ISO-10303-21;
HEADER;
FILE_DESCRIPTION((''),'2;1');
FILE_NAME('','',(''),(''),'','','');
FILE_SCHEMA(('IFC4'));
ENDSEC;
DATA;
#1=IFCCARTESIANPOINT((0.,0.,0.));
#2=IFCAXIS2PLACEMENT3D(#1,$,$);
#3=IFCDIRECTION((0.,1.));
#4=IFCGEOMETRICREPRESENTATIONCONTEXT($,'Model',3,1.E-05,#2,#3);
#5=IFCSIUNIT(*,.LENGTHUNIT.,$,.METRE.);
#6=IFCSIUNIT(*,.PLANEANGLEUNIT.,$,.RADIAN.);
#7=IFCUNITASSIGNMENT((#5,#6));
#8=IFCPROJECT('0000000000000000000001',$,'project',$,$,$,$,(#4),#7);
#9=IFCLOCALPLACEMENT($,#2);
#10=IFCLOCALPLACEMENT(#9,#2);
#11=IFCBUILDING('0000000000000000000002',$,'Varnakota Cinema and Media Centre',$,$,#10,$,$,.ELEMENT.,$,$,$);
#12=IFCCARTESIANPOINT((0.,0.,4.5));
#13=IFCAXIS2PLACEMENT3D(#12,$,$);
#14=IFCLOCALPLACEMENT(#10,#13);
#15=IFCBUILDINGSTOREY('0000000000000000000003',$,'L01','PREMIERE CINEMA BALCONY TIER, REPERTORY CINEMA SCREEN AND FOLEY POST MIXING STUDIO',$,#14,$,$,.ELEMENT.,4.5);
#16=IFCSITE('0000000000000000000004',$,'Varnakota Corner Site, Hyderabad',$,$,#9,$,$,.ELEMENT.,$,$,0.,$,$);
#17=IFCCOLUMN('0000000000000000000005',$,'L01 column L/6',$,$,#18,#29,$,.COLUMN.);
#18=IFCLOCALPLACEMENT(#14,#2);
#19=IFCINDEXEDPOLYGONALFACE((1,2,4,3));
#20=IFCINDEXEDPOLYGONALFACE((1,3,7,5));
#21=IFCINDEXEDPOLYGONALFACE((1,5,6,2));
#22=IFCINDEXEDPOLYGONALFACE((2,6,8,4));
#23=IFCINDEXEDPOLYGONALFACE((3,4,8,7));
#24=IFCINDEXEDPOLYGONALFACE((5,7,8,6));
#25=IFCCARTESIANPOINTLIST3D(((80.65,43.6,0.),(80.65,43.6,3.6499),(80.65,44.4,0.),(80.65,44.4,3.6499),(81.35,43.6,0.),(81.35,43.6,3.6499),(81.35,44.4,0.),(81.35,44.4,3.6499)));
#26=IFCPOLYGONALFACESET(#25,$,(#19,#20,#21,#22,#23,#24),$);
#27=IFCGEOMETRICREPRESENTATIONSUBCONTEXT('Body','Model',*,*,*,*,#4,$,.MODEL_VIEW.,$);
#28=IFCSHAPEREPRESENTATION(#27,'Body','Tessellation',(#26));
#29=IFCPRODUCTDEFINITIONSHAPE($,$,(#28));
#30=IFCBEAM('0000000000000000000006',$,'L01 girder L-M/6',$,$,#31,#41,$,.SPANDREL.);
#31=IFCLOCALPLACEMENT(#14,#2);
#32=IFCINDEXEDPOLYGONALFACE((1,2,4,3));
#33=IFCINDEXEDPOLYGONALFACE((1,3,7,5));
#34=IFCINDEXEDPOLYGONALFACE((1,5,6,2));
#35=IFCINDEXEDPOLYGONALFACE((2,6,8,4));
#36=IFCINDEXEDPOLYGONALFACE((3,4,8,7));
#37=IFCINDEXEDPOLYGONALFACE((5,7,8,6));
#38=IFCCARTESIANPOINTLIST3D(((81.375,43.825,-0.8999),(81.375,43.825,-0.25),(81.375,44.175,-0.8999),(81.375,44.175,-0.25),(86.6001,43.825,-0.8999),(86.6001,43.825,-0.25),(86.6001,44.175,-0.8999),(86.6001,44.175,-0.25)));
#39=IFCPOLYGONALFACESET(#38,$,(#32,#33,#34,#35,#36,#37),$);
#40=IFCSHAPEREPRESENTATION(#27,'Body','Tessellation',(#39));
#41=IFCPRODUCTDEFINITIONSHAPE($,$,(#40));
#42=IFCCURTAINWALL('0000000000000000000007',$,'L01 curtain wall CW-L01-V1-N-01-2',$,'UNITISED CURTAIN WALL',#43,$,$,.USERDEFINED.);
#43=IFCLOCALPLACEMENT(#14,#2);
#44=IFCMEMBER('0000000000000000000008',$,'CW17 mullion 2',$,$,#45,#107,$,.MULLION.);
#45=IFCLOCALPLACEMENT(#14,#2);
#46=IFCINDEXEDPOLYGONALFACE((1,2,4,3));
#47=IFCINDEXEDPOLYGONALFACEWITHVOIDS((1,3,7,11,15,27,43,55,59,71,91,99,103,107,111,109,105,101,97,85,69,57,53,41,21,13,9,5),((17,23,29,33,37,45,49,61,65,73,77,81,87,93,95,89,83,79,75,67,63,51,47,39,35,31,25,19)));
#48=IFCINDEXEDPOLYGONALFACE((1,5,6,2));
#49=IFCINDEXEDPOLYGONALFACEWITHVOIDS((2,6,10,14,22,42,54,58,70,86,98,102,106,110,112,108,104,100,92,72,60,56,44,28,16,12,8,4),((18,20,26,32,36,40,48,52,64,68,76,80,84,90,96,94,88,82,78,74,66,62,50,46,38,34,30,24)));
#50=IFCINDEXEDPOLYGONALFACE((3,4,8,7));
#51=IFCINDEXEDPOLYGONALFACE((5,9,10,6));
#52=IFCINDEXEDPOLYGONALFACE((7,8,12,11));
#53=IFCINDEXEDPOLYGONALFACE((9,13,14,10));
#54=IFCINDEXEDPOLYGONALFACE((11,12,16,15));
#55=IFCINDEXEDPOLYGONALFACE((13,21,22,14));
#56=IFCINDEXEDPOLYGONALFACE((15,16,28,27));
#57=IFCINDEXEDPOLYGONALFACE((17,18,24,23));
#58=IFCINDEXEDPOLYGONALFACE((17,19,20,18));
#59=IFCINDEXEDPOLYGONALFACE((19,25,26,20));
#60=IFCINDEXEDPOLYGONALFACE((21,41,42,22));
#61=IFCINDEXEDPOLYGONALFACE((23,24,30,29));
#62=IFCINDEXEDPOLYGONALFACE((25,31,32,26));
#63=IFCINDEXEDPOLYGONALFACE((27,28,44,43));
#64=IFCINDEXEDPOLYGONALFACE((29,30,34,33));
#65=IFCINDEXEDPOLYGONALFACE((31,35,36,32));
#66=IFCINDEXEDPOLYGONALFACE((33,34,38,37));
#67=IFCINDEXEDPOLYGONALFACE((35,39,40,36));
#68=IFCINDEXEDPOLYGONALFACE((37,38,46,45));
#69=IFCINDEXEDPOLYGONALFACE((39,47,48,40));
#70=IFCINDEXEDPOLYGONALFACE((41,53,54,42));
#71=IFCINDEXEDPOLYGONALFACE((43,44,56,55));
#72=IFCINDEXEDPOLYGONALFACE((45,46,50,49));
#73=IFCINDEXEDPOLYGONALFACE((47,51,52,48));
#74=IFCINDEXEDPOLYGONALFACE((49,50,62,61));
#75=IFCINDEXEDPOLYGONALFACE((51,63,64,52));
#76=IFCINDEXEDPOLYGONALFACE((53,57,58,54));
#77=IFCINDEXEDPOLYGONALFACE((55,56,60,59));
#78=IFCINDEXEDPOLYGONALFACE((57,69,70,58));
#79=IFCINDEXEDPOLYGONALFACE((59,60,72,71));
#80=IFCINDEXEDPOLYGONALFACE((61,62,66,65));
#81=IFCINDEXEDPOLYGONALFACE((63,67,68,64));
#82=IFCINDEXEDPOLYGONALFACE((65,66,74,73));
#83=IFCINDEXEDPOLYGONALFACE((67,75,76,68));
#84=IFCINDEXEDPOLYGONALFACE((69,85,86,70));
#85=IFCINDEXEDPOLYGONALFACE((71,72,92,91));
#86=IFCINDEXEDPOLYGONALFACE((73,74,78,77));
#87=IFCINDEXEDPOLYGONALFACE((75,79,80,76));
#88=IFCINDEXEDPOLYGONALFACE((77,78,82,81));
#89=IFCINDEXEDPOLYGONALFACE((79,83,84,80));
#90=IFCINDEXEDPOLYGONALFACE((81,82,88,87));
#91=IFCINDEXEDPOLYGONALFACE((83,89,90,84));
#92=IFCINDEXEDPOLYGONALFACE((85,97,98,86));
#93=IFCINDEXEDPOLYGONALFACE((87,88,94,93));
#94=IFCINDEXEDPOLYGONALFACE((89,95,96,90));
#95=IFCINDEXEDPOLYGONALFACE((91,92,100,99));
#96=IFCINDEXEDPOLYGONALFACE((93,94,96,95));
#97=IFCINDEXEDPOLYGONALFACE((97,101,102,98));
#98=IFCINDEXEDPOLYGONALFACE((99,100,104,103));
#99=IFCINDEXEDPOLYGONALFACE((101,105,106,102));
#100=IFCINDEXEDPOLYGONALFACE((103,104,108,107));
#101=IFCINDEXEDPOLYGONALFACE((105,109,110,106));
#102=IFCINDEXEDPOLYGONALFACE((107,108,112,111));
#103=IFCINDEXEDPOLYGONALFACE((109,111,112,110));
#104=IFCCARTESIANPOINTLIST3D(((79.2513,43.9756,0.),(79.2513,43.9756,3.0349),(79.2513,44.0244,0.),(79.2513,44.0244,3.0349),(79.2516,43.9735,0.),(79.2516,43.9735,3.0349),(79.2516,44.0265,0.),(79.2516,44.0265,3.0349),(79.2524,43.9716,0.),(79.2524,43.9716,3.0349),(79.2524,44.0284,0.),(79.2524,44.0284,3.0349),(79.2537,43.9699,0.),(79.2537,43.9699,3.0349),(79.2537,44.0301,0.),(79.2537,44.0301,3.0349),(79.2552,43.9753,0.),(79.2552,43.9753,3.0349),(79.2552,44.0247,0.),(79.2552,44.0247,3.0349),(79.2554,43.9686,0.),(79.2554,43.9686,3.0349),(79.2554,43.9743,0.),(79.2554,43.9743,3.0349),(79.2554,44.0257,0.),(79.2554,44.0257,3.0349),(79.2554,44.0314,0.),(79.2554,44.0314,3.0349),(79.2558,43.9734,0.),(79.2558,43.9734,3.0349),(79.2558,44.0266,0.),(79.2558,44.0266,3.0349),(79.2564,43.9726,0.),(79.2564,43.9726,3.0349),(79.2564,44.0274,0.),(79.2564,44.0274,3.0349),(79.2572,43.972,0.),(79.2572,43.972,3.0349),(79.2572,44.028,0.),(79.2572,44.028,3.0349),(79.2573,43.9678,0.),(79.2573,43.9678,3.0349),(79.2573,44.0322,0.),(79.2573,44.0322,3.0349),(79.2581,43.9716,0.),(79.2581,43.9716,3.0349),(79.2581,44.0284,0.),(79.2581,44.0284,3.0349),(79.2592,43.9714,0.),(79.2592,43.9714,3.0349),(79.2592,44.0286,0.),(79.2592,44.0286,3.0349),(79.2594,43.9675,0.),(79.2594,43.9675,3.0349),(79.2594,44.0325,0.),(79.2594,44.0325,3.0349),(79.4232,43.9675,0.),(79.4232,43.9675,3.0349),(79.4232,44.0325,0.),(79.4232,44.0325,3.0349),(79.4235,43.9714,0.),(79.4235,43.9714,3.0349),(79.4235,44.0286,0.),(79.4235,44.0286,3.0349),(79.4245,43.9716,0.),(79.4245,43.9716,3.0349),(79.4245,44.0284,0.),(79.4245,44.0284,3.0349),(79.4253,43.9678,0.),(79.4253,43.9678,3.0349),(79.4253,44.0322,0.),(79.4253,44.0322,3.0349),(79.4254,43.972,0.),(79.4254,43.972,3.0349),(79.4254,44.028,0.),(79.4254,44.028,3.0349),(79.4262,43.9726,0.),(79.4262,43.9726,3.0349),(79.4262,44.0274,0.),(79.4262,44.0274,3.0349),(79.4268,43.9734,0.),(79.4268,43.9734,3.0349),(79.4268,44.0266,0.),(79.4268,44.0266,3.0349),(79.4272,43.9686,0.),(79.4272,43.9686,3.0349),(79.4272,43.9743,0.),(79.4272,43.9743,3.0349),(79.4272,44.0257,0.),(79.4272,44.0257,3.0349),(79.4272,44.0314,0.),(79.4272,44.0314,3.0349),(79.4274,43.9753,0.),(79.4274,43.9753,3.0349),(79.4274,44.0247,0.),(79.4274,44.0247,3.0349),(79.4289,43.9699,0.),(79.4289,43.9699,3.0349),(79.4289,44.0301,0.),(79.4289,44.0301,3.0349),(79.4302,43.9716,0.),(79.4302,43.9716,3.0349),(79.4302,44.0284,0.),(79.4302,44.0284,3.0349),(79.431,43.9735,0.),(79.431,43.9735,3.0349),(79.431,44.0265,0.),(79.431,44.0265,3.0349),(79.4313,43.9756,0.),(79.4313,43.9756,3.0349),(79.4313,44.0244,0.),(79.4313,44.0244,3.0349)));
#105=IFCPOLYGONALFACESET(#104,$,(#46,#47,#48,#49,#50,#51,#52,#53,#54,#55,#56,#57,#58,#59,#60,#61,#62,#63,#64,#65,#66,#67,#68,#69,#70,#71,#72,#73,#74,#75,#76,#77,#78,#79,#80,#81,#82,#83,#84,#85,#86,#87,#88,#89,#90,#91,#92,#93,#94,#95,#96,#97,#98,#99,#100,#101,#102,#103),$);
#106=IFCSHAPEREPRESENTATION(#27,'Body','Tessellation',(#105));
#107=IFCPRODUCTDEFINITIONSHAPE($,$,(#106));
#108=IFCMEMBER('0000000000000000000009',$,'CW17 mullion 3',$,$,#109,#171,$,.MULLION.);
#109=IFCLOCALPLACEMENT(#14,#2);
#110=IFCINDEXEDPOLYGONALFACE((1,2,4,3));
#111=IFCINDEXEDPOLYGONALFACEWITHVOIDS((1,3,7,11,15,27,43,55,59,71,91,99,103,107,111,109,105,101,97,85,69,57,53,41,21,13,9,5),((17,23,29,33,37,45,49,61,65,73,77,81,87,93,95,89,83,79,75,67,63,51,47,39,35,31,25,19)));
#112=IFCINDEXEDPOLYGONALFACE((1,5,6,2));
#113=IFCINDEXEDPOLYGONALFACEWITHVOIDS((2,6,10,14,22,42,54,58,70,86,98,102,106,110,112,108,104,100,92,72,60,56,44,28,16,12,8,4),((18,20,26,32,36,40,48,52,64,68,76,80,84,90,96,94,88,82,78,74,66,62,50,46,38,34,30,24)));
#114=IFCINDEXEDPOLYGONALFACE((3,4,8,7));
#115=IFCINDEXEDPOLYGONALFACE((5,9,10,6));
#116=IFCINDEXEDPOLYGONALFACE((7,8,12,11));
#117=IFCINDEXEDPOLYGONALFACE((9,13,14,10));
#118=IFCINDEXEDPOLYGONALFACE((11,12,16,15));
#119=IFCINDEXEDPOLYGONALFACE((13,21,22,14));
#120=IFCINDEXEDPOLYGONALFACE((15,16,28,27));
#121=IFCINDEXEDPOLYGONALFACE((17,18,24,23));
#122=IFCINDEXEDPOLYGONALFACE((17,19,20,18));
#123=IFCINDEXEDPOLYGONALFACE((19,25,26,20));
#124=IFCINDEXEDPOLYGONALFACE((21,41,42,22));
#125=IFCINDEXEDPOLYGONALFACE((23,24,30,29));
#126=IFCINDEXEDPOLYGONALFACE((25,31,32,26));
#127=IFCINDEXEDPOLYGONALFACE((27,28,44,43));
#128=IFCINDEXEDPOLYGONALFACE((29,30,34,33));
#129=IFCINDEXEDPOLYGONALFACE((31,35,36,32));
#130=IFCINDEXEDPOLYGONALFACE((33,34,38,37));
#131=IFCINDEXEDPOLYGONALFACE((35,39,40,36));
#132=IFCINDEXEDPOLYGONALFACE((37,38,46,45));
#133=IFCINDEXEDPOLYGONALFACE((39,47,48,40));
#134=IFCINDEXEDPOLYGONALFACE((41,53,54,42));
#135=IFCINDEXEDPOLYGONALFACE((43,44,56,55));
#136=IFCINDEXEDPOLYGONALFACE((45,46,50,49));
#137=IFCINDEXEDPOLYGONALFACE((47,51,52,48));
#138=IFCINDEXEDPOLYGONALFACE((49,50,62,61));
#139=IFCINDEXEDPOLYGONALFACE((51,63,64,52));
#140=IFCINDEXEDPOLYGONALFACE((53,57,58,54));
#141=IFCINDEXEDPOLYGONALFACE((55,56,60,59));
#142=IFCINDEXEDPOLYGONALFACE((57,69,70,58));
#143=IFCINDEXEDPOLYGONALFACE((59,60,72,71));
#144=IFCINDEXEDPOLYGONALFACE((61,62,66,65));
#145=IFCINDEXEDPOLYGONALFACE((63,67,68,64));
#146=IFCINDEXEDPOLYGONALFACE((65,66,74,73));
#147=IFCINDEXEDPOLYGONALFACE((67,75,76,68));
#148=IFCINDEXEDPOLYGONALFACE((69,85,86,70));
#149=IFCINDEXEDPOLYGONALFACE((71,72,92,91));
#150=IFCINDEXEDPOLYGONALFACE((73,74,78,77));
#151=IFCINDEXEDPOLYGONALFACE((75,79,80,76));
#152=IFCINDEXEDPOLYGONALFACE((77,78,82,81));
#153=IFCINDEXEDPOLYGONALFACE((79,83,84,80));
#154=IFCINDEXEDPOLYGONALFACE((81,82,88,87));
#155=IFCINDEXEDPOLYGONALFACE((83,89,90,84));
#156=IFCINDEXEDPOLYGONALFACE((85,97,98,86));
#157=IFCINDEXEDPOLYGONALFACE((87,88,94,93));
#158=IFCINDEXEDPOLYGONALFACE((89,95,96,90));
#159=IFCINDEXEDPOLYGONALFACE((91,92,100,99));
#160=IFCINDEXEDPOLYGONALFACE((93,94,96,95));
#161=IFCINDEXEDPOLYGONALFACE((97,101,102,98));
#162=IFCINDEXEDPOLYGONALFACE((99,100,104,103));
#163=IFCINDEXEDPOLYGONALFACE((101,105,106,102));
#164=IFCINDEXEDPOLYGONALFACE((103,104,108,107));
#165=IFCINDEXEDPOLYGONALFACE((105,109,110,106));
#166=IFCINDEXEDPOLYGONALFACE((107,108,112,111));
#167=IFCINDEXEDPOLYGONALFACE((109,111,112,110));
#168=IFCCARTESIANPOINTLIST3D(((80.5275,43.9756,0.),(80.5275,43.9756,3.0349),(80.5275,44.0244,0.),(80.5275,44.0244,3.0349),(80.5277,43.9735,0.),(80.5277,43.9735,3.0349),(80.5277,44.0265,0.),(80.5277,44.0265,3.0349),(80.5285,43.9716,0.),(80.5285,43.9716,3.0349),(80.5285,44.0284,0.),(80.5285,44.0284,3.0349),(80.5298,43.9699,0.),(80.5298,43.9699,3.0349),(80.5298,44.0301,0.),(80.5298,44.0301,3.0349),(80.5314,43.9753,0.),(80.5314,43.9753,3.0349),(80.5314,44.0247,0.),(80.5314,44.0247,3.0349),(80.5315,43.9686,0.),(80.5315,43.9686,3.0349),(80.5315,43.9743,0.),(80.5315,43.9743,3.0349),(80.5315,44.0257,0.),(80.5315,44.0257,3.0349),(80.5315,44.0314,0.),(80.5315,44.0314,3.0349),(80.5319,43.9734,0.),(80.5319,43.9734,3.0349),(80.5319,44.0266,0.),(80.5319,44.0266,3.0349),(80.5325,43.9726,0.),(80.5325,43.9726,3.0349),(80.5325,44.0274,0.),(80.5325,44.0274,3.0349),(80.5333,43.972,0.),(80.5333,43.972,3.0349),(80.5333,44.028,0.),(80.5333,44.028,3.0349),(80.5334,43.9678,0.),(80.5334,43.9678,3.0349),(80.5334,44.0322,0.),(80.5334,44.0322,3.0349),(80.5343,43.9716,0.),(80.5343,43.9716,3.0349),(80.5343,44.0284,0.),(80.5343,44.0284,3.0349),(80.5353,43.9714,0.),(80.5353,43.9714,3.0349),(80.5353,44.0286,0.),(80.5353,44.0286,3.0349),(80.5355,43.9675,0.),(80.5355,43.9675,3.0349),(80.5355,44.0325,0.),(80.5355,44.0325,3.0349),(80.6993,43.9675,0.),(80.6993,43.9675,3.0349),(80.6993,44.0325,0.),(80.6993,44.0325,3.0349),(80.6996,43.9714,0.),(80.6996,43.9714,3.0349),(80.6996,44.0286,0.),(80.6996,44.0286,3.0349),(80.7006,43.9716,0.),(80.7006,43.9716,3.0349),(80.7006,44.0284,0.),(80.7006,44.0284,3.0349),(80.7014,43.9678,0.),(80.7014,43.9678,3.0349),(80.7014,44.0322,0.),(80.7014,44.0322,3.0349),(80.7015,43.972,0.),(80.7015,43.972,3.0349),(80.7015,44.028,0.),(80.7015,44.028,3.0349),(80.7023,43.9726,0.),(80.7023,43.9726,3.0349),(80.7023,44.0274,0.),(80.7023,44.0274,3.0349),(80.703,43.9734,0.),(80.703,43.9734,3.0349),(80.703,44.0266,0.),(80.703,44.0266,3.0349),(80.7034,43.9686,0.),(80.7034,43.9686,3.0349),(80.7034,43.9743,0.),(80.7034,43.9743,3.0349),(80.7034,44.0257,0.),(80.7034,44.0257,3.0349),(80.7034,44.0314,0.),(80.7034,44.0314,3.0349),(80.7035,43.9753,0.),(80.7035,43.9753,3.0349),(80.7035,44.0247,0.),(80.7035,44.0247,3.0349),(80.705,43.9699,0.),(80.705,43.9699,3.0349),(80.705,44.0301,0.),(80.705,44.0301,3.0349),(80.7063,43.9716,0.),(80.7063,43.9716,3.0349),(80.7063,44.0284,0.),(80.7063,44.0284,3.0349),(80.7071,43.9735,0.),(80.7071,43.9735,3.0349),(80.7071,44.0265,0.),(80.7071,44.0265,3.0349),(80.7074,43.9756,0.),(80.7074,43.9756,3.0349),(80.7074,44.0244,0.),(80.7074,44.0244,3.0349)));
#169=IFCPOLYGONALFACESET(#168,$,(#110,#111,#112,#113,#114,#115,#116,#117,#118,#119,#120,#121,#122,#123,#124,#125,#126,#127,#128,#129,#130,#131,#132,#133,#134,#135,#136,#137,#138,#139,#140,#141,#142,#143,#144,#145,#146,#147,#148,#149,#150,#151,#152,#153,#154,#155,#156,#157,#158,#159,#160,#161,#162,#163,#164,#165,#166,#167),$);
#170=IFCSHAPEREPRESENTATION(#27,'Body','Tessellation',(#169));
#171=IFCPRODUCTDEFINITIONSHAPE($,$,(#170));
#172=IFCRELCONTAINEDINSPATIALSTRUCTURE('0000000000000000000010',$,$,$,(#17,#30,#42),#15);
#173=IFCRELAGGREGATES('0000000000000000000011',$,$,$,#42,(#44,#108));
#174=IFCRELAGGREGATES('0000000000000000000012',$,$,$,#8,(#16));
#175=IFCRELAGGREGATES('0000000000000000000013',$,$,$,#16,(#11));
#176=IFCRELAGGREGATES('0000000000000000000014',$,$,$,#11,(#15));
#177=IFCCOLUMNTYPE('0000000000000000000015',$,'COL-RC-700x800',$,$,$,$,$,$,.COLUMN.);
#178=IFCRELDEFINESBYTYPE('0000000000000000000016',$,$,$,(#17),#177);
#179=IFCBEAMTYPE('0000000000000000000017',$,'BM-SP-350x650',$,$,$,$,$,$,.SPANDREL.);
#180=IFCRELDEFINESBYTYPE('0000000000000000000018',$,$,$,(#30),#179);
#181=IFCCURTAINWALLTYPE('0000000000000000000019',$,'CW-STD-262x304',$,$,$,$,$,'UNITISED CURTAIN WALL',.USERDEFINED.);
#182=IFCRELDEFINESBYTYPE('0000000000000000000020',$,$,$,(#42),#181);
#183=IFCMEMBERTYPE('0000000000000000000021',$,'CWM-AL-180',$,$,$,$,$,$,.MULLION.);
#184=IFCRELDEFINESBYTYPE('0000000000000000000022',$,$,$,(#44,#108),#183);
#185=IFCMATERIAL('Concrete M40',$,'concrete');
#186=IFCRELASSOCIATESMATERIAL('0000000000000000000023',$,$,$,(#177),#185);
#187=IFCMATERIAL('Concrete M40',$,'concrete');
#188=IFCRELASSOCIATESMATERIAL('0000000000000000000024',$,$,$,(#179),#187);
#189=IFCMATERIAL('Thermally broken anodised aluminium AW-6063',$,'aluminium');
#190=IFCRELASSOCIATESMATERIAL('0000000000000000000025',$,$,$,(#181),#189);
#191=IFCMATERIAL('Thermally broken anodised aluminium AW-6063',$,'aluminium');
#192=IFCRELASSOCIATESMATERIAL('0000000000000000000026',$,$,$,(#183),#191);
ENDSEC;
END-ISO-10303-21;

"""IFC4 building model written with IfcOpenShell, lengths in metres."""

from ifc_helpers import new_model, si_unit, direction, frame, origin, origin_2d, place, context, subcontext, project, spatial, rectangle, hollow_rectangle, extrude, material, material_profile, profile_set, type_object, element, aggregate, save


model = new_model("IFC4")

# Units and contexts
model_context = context("Model", 3, precision=1e-05, world=origin(), true_north=direction((0.0, 1.0)))
body_context = subcontext(model_context, "Body", "Model", "MODEL_VIEW")
ifc_project = project(units=[si_unit("LENGTHUNIT", "METRE"), si_unit("PLANEANGLEUNIT", "RADIAN")], contexts=[model_context])

# Site, building, storey
site_placement = place(None, origin())
site = spatial("IfcSite", under=ifc_project, at=site_placement, Name="Varnakota Corner Site, Hyderabad", CompositionType="ELEMENT", RefElevation=0.0)
building_placement = place(site_placement, origin())
building = spatial("IfcBuilding", under=site, at=building_placement, Name="Varnakota Cinema and Media Centre", CompositionType="ELEMENT")
storey_placement = place(building_placement, frame((0.0, 0.0, 4.5)))
storey = spatial("IfcBuildingStorey", under=building, at=storey_placement, Name="L01", Description="PREMIERE CINEMA BALCONY TIER, REPERTORY CINEMA SCREEN AND FOLEY POST MIXING STUDIO", CompositionType="ELEMENT", Elevation=4.5)

# Column
ifc_material_1 = material(Name="Concrete M40", Category="concrete")
ifc_material_profile_1 = material_profile(ifc_material_1, rectangle(XDim=0.7, YDim=0.8, at=origin_2d()), Name="RC 700x800")
ifc_profile_set_1 = profile_set([ifc_material_profile_1], Name="Concrete M40")
column_type = type_object("IfcColumnType", Name="COL-RC-700x800", PredefinedType="COLUMN", material=ifc_profile_set_1)
column_placement = place(storey_placement, frame((81.0, 44.0, 0.0), z_axis=(0.0, 0.0, 1.0), x_axis=(1.0, 0.0, 0.0)))
element("IfcColumn", 1, at=column_placement, inside=storey, type_object=column_type, Name="L01 column L/6", PredefinedType="COLUMN", context=body_context, shape_type="SweptSolid", body=[
    extrude(rectangle(XDim=0.7, YDim=0.8, at=origin_2d()), origin(), (0.0, 0.0, 1.0), 3.6499),
])

# Beam
ifc_material_2 = material(Name="Concrete M40", Category="concrete")
ifc_material_profile_2 = material_profile(ifc_material_2, rectangle(XDim=0.3501, YDim=0.6499, at=origin_2d()), Name="RCB 350x650")
ifc_profile_set_2 = profile_set([ifc_material_profile_2], Name="Concrete M40")
beam_type = type_object("IfcBeamType", Name="BM-SP-350x650", PredefinedType="SPANDREL", material=ifc_profile_set_2)
beam_placement = place(storey_placement, frame((81.375, 44.0, -0.575), z_axis=(1.0, 0.0, 0.0), x_axis=(0.0, 1.0, 0.0)))
element("IfcBeam", 2, at=beam_placement, inside=storey, type_object=beam_type, Name="L01 girder L-M/6", PredefinedType="SPANDREL", context=body_context, shape_type="SweptSolid", body=[
    extrude(rectangle(XDim=0.3501, YDim=0.6499, at=origin_2d()), origin(), (0.0, 0.0, 1.0), 5.2251),
])

# Curtain wall, members
ifc_material_3 = material(Name="Thermally broken anodised aluminium AW-6063", Category="aluminium")
curtain_wall_type = type_object("IfcCurtainWallType", Name="CW-STD-262x304", ElementType="UNITISED CURTAIN WALL", PredefinedType="USERDEFINED", material=ifc_material_3)
curtain_wall_1_placement = place(storey_placement, origin())
curtain_wall_1 = element("IfcCurtainWall", 3, at=curtain_wall_1_placement, inside=storey, type_object=curtain_wall_type, Name="L01 curtain wall CW-L01-V1-N-01-2", ObjectType="UNITISED CURTAIN WALL", PredefinedType="USERDEFINED")
ifc_material_4 = material(Name="Thermally broken anodised aluminium AW-6063", Category="aluminium")
ifc_material_profile_3 = material_profile(ifc_material_4, hollow_rectangle(XDim=0.0649, YDim=0.1799, WallThickness=0.0039, InnerFilletRadius=0.0039, OuterFilletRadius=0.0081, at=origin_2d()), Name="AL-MULLION 180x65x4")
ifc_profile_set_3 = profile_set([ifc_material_profile_3], Name="Thermally broken anodised aluminium AW-6063")
member_type_1 = type_object("IfcMemberType", Name="CWM-AL-180", PredefinedType="MULLION", material=ifc_profile_set_3)
member_1_placement = place(storey_placement, frame((79.3413, 44.0, 0.0), z_axis=(0.0, 0.0, 1.0), x_axis=(0.0, 1.0, 0.0)))
member_1 = element("IfcMember", 4, at=member_1_placement, type_object=member_type_1, Name="CW17 mullion 2", PredefinedType="MULLION", context=body_context, shape_type="SweptSolid", body=[
    extrude(hollow_rectangle(XDim=0.0649, YDim=0.1799, WallThickness=0.0039, InnerFilletRadius=0.0039, OuterFilletRadius=0.0081, at=origin_2d()), origin(), (0.0, 0.0, 1.0), 3.0349),
])
member_2_placement = place(storey_placement, frame((80.6174, 44.0, 0.0), z_axis=(0.0, 0.0, 1.0), x_axis=(0.0, 1.0, 0.0)))
member_2 = element("IfcMember", 5, at=member_2_placement, type_object=member_type_1, Name="CW17 mullion 3", PredefinedType="MULLION", context=body_context, shape_type="SweptSolid", body=[
    extrude(hollow_rectangle(XDim=0.0649, YDim=0.1799, WallThickness=0.0039, InnerFilletRadius=0.0039, OuterFilletRadius=0.0081, at=origin_2d()), origin(), (0.0, 0.0, 1.0), 3.0349),
])

aggregate(curtain_wall_1, [member_1, member_2])

save(model, "model.ifc")
